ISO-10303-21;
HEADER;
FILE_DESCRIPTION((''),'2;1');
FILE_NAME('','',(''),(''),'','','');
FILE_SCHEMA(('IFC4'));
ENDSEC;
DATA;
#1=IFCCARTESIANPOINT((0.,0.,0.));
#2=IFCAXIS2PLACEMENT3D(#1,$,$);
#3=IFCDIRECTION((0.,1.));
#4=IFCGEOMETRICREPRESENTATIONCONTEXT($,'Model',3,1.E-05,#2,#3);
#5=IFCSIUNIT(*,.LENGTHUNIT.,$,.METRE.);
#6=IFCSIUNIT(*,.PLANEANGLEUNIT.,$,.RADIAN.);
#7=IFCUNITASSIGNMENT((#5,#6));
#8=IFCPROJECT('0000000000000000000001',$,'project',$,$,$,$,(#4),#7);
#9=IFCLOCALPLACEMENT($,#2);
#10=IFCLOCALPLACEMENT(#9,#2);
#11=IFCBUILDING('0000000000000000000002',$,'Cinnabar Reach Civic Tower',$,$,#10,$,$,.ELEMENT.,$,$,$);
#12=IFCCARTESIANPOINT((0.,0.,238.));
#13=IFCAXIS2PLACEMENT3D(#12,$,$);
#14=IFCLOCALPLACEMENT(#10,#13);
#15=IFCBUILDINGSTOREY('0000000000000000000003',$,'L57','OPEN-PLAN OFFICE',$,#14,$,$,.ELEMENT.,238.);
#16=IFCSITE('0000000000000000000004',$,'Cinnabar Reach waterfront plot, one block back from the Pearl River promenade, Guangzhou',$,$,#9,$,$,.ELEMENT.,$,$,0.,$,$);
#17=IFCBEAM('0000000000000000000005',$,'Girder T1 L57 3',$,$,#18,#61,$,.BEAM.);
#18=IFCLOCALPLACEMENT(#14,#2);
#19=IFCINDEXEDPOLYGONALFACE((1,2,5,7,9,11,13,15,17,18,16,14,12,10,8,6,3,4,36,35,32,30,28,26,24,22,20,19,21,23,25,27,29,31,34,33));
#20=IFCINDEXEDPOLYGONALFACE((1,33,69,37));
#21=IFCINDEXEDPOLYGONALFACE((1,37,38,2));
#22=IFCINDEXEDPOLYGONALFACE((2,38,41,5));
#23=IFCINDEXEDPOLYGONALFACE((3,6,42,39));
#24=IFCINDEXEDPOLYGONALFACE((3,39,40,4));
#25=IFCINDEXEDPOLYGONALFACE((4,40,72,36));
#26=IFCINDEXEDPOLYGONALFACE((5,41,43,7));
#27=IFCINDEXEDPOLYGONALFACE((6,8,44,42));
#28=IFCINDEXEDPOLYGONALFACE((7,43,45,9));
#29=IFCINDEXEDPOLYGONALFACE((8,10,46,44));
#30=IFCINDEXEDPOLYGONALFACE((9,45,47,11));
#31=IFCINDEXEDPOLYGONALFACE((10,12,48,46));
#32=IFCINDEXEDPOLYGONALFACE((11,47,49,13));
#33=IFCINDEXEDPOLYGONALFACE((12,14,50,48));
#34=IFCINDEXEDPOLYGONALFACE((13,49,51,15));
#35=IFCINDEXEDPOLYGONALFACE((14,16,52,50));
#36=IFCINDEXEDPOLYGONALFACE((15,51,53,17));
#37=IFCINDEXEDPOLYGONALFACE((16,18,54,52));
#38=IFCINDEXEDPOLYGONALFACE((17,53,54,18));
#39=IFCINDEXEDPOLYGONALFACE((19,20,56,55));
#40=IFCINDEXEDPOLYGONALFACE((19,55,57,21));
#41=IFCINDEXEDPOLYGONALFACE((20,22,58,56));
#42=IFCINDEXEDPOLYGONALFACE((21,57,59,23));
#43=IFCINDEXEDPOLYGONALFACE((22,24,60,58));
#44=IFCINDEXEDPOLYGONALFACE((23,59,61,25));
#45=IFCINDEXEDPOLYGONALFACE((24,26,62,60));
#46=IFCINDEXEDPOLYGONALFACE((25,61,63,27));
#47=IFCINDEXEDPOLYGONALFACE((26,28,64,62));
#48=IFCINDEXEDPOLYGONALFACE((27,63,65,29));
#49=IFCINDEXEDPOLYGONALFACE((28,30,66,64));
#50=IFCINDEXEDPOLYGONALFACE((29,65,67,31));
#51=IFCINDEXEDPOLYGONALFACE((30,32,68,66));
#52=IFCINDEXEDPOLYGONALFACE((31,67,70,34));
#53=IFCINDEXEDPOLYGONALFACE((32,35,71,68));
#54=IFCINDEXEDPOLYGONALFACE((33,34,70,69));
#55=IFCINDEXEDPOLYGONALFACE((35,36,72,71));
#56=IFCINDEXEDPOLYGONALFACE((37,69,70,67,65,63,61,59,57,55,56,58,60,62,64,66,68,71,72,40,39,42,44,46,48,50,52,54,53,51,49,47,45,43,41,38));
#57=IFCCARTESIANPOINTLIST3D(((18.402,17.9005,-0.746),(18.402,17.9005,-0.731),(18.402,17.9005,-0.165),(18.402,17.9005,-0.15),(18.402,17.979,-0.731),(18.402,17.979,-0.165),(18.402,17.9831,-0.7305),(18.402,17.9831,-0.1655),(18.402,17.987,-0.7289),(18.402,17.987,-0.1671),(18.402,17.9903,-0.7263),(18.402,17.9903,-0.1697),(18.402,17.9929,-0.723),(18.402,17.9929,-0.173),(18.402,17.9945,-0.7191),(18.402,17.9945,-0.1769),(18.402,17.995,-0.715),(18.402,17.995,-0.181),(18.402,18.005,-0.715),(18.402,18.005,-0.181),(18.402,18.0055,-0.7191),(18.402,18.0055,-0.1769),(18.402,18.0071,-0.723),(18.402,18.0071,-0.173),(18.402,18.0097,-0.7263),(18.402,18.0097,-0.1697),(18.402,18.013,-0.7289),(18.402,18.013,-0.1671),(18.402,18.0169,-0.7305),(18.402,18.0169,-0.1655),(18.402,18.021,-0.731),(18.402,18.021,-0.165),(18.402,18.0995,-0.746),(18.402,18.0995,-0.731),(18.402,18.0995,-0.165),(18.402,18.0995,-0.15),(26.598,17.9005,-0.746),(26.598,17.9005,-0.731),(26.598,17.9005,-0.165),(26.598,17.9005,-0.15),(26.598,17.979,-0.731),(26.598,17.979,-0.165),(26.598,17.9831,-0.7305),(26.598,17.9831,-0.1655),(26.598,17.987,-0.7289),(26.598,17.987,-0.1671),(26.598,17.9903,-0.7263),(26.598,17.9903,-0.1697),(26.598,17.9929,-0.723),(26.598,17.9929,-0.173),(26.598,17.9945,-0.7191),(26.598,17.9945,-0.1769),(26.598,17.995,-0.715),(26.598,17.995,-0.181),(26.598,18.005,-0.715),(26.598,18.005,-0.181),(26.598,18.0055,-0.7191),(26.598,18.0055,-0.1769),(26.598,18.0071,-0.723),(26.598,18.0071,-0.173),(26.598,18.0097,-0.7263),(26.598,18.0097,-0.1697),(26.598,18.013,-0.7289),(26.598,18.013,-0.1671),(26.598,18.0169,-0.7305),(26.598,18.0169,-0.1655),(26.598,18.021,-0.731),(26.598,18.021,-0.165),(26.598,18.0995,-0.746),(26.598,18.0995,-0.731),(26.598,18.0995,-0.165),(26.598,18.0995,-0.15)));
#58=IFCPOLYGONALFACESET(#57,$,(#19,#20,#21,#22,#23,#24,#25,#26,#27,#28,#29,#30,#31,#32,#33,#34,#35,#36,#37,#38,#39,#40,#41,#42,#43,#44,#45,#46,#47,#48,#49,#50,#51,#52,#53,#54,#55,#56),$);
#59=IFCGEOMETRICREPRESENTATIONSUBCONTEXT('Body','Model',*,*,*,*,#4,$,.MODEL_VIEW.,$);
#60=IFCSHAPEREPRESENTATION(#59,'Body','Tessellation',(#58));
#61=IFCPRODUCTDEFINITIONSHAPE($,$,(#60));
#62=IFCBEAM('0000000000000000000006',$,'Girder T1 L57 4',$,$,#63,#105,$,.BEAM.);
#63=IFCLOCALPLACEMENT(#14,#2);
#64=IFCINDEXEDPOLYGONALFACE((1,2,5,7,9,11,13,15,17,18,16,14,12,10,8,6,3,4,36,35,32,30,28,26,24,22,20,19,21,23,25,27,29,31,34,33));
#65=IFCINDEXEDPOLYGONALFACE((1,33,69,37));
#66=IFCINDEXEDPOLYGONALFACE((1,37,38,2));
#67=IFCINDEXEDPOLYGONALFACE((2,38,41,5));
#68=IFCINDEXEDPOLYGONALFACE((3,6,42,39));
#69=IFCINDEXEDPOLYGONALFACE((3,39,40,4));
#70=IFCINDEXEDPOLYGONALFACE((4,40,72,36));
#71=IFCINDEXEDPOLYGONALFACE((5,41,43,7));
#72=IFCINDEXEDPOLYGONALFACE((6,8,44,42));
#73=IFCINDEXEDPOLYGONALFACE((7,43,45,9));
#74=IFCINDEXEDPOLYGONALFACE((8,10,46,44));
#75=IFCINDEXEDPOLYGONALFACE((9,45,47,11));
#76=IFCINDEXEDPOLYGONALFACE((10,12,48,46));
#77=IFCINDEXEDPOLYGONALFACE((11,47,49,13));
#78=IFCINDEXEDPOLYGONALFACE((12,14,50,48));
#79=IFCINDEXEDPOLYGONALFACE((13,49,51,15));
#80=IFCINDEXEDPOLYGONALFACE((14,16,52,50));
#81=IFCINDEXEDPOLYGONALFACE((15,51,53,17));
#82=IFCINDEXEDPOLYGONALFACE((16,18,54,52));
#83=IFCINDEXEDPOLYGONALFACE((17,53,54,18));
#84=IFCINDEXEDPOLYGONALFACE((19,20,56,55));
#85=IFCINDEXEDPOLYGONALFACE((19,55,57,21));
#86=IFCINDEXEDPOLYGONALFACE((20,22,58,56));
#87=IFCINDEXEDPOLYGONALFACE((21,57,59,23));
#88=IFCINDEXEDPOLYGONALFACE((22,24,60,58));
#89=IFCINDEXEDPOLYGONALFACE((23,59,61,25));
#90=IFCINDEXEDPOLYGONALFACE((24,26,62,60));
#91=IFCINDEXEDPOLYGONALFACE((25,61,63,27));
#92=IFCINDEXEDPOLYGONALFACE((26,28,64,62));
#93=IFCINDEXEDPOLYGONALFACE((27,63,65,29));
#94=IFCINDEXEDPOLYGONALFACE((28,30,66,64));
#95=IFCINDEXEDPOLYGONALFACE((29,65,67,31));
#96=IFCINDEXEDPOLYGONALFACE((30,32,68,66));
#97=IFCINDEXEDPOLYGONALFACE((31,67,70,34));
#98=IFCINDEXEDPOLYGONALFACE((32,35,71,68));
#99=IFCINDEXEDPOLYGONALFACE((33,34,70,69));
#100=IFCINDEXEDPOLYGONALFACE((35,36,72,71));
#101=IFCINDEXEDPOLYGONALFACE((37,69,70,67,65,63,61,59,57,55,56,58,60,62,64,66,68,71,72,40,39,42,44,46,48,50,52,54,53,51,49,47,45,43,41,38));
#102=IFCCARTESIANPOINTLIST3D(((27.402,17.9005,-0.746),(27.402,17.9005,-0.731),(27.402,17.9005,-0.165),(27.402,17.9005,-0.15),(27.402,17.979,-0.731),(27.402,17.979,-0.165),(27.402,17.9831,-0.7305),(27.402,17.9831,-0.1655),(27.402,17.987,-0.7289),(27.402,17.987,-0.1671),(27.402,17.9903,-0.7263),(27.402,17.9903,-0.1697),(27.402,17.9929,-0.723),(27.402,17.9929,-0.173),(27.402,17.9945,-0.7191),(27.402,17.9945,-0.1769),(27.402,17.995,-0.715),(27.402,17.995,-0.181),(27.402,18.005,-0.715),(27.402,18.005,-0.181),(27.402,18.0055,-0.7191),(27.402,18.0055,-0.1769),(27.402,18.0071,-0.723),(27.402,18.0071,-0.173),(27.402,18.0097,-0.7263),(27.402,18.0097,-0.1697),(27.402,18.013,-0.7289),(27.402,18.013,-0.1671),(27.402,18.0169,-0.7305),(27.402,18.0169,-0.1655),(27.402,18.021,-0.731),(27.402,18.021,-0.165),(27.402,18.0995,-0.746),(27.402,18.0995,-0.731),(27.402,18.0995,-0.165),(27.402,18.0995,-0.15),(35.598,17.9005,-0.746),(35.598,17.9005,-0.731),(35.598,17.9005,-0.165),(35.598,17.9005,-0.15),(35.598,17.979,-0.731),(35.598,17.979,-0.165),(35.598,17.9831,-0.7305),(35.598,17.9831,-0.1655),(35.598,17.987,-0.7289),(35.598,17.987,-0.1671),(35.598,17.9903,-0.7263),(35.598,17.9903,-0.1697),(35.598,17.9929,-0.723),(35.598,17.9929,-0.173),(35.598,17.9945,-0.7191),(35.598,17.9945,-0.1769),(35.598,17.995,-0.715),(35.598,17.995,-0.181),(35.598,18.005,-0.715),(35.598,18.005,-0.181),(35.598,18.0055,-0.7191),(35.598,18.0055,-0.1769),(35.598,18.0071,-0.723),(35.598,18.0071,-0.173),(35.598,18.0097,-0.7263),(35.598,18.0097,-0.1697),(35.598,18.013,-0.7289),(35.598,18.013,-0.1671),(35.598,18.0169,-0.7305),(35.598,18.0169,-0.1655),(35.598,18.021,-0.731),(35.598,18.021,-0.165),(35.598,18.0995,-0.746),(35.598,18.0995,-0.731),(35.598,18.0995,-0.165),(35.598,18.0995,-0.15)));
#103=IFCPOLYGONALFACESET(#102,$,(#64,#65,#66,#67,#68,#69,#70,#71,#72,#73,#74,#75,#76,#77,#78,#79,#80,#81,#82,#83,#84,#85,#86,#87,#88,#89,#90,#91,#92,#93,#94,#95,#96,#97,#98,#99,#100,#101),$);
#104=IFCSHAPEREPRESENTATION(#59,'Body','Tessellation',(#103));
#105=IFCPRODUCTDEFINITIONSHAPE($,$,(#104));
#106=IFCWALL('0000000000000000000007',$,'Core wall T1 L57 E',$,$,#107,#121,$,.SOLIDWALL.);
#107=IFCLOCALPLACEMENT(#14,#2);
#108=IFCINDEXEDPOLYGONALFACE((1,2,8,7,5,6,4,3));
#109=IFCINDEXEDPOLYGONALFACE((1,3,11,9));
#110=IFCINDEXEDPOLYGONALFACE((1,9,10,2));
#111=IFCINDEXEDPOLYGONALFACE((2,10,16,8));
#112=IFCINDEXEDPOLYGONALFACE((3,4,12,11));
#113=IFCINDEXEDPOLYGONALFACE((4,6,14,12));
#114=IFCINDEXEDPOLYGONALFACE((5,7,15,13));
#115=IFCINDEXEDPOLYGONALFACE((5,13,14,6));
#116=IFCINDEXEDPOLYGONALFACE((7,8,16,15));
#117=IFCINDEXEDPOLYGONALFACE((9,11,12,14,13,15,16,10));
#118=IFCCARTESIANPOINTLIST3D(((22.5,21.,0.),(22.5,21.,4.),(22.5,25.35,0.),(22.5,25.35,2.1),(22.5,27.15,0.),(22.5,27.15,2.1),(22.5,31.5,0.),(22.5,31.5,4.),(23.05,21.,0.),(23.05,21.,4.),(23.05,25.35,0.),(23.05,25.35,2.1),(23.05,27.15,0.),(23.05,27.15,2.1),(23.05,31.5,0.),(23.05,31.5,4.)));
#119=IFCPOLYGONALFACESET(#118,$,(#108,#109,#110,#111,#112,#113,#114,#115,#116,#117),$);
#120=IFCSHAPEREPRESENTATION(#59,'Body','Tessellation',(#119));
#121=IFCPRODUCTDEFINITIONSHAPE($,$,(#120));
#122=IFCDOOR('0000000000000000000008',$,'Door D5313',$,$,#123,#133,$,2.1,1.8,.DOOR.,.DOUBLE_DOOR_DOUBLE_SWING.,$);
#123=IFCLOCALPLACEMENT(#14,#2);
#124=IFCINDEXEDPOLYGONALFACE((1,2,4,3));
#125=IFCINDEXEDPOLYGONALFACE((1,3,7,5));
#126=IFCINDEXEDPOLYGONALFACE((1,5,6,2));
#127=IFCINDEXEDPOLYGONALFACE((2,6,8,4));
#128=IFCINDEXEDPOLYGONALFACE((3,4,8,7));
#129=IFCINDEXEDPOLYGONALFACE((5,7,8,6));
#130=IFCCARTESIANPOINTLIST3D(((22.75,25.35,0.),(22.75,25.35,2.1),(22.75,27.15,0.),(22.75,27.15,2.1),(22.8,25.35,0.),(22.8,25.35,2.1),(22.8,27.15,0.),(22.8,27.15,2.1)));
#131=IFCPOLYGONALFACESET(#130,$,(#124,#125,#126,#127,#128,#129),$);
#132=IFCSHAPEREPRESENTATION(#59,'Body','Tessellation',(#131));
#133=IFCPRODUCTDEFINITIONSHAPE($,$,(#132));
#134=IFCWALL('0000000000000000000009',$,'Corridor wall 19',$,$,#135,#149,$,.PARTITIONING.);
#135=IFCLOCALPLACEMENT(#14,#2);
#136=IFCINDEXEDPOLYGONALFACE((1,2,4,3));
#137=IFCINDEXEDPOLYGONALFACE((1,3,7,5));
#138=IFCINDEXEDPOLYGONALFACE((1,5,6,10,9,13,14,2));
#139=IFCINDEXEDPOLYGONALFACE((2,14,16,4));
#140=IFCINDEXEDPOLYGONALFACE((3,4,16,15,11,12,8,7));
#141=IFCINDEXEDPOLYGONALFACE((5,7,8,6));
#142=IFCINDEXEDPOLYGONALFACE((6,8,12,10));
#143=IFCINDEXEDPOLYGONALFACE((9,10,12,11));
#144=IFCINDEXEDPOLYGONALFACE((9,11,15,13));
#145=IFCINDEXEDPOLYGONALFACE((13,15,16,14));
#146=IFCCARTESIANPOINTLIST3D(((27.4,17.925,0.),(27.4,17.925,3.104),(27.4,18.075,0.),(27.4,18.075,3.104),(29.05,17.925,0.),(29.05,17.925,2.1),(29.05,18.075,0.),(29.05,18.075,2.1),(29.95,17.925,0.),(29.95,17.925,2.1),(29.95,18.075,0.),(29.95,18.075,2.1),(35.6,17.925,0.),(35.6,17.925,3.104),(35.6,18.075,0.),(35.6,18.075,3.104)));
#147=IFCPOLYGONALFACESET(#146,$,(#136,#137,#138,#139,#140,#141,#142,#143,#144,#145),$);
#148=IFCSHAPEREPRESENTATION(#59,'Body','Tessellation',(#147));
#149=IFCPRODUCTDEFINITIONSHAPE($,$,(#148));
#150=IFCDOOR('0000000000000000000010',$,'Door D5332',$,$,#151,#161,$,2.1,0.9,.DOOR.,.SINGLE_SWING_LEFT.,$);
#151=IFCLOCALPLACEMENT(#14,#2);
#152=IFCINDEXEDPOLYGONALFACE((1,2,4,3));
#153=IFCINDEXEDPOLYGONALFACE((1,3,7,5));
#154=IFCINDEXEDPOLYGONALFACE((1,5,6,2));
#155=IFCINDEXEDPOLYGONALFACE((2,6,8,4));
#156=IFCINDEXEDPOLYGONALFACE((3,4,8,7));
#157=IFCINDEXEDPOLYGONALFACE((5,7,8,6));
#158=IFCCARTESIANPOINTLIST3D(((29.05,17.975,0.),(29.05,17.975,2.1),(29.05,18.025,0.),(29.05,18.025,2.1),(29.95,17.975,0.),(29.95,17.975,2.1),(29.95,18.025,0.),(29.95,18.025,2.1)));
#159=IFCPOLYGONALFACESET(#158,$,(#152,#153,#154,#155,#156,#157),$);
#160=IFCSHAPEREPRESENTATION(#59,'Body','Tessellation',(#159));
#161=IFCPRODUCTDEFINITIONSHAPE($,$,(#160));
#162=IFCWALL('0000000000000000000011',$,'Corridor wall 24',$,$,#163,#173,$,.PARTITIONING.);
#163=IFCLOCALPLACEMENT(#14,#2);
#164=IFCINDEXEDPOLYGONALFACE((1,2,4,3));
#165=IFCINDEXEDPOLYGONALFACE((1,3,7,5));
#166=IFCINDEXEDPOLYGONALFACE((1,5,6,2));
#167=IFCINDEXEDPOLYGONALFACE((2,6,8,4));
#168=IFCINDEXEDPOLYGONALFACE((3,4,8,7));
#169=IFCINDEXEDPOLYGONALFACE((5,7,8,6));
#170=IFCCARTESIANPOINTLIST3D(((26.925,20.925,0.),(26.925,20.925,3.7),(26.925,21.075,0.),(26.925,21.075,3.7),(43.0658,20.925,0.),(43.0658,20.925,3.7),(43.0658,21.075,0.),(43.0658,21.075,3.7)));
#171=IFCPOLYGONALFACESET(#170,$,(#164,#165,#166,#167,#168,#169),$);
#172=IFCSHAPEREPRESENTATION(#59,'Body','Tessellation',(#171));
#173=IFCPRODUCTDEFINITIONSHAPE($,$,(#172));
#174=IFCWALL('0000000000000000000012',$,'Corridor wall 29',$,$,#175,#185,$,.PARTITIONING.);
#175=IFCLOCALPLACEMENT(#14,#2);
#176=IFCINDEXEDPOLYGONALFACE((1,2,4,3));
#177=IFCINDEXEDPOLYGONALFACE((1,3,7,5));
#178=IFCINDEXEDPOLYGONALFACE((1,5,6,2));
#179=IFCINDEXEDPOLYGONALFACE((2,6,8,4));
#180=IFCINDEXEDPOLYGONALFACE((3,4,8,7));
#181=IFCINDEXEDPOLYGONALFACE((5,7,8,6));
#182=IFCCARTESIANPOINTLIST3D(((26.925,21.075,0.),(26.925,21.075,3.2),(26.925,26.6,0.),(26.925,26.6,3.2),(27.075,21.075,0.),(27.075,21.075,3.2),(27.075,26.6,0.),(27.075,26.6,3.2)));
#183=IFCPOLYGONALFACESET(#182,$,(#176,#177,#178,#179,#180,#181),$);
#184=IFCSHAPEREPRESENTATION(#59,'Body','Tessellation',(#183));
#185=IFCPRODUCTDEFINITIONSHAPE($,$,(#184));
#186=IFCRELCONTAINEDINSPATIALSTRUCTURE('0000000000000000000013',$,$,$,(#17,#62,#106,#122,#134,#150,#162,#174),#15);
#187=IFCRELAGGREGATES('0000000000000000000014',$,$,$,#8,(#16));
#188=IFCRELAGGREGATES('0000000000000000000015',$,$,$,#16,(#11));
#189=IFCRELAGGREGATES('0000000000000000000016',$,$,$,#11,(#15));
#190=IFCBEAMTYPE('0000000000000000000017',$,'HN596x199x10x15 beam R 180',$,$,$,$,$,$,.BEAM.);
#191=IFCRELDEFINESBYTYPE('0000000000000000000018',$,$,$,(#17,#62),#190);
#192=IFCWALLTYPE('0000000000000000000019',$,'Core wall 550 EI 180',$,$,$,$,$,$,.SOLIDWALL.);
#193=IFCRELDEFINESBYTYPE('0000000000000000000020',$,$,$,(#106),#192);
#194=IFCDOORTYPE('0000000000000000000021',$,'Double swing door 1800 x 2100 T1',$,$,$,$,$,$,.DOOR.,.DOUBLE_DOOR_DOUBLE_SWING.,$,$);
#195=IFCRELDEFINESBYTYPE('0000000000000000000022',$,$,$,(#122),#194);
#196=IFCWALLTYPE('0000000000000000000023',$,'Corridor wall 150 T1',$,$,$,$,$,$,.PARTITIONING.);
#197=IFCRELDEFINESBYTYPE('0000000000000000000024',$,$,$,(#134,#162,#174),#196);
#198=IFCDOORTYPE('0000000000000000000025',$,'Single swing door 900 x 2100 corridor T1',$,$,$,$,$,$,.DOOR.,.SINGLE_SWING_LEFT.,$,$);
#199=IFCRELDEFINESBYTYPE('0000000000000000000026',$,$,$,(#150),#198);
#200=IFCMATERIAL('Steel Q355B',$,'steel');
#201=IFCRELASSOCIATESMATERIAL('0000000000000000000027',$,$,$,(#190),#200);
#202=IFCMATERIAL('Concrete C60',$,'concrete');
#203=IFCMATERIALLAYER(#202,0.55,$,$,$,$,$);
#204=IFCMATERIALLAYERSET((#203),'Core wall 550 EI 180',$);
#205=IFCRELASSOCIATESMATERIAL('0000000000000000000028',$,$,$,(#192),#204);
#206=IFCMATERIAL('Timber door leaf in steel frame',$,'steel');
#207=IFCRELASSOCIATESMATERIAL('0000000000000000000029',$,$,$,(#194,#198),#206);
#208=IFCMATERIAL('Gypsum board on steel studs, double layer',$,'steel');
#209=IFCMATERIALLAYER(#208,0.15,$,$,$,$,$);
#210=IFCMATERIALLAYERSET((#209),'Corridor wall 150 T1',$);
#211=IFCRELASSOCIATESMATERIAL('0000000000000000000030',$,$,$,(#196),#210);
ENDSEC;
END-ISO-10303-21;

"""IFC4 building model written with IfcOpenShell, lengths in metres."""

from ifc_helpers import new_model, si_unit, direction, frame, frame_2d, origin, origin_2d, place, context, subcontext, project, spatial, rectangle, i_section, extrude, material, layer, layer_set, material_profile, profile_set, type_object, element, fill, save


model = new_model("IFC4")

# Units and contexts
model_context = context("Model", 3, precision=1e-05, world=origin(), true_north=direction((0.0, 1.0)))
body_context = subcontext(model_context, "Body", "Model", "MODEL_VIEW")
ifc_project = project(units=[si_unit("LENGTHUNIT", "METRE"), si_unit("PLANEANGLEUNIT", "RADIAN")], contexts=[model_context])

# Site, building, storey
site_placement = place(None, origin())
site = spatial("IfcSite", under=ifc_project, at=site_placement, Name="Cinnabar Reach waterfront plot, one block back from the Pearl River promenade, Guangzhou", CompositionType="ELEMENT", RefElevation=0.0)
building_placement = place(site_placement, origin())
building = spatial("IfcBuilding", under=site, at=building_placement, Name="Cinnabar Reach Civic Tower", CompositionType="ELEMENT")
storey_placement = place(building_placement, frame((0.0, 0.0, 238.0)))
storey = spatial("IfcBuildingStorey", under=building, at=storey_placement, Name="L57", Description="OPEN-PLAN OFFICE", CompositionType="ELEMENT", Elevation=238.0)

# Shared definitions
ifc_material_1 = material(Name="Concrete C60", Category="concrete")

# Beams
ifc_material_2 = material(Name="Steel Q355B", Category="steel")
ifc_material_profile_1 = material_profile(ifc_material_2, i_section(OverallWidth=0.199, OverallDepth=0.596, WebThickness=0.01, FlangeThickness=0.015, FilletRadius=0.016, at=origin_2d()), Name="HN596x199x10x15")
ifc_profile_set_1 = profile_set([ifc_material_profile_1], Name="Steel Q355B")
beam_type_1 = type_object("IfcBeamType", Name="HN596x199x10x15 beam R 180", PredefinedType="BEAM", material=ifc_profile_set_1)
for number, where, z_axis, x_axis, name in (
    (1, (18.402, 18.0, -0.448), (1.0, 0.0, 0.0), (0.0, 1.0, 0.0), "Girder T1 L57 3"),
    (2, (27.402, 18.0, -0.448), (1.0, 0.0, 0.0), (0.0, 1.0, 0.0), "Girder T1 L57 4"),
):
    element("IfcBeam", number, at=place(storey_placement, frame(where, z_axis=z_axis, x_axis=x_axis)), inside=storey, type_object=beam_type_1, Name=name, PredefinedType="BEAM", context=body_context, shape_type="SweptSolid", body=[
        extrude(i_section(OverallWidth=0.199, OverallDepth=0.596, WebThickness=0.01, FlangeThickness=0.015, FilletRadius=0.016, at=origin_2d()), origin(), (0.0, 0.0, 1.0), 8.196),
    ])

# Walls, openings, doors
ifc_layer_1 = layer(ifc_material_1, 0.55)
ifc_layer_set_1 = layer_set([ifc_layer_1], Name="Core wall 550 EI 180")
wall_type_1 = type_object("IfcWallType", Name="Core wall 550 EI 180", PredefinedType="SOLIDWALL", material=ifc_layer_set_1)
wall_1_placement = place(storey_placement, frame((22.775, 21.0, 0.0), z_axis=(0.0, 0.0, 1.0), x_axis=(0.0, 1.0, 0.0)))
wall_1 = element("IfcWall", 3, at=wall_1_placement, inside=storey, type_object=wall_type_1, Name="Core wall T1 L57 E", PredefinedType="SOLIDWALL", context=body_context, shape_type="SweptSolid", body=[
    extrude(rectangle(XDim=10.5, YDim=0.55, at=frame_2d((5.25, 0.0))), origin(), (0.0, 0.0, 1.0), 4.0),
])
opening_1_placement = place(wall_1_placement, frame((4.35, 0.0, 0.0)))
opening_1 = element("IfcOpeningElement", 4, at=opening_1_placement, cuts=wall_1, PredefinedType="OPENING", context=body_context, shape_type="SweptSolid", body=[
    extrude(rectangle(XDim=1.8, YDim=2.1, at=frame_2d((0.9, 1.05))), frame((0.0, 0.285, 0.0), z_axis=(0.0, -1.0, 0.0), x_axis=(1.0, 0.0, 0.0)), (0.0, 0.0, 1.0), 0.57),
])
ifc_material_3 = material(Name="Timber door leaf in steel frame", Category="steel")
door_type_1 = type_object("IfcDoorType", Name="Double swing door 1800 x 2100 T1", OperationType="DOUBLE_DOOR_DOUBLE_SWING", PredefinedType="DOOR", material=ifc_material_3)
door_1_placement = place(opening_1_placement, origin())
door_1 = element("IfcDoor", 5, at=door_1_placement, inside=storey, type_object=door_type_1, Name="Door D5313", OperationType="DOUBLE_DOOR_DOUBLE_SWING", OverallHeight=2.1, OverallWidth=1.8, PredefinedType="DOOR", context=body_context, shape_type="SweptSolid", body=[
    extrude(rectangle(XDim=1.8, YDim=2.1, at=frame_2d((0.9, 1.05))), frame((0.0, 0.025, 0.0), z_axis=(0.0, -1.0, 0.0), x_axis=(1.0, 0.0, 0.0)), (0.0, 0.0, 1.0), 0.05),
])
fill(opening_1, door_1)
ifc_material_4 = material(Name="Gypsum board on steel studs, double layer", Category="steel")
ifc_layer_2 = layer(ifc_material_4, 0.15)
ifc_layer_set_2 = layer_set([ifc_layer_2], Name="Corridor wall 150 T1")
wall_type_2 = type_object("IfcWallType", Name="Corridor wall 150 T1", PredefinedType="PARTITIONING", material=ifc_layer_set_2)
wall_2_placement = place(storey_placement, frame((27.4, 18.0, 0.0), z_axis=(0.0, 0.0, 1.0), x_axis=(1.0, 0.0, 0.0)))
wall_2 = element("IfcWall", 6, at=wall_2_placement, inside=storey, type_object=wall_type_2, Name="Corridor wall 19", PredefinedType="PARTITIONING", context=body_context, shape_type="SweptSolid", body=[
    extrude(rectangle(XDim=8.2, YDim=0.15, at=frame_2d((4.1, 0.0))), origin(), (0.0, 0.0, 1.0), 3.104),
])
opening_2_placement = place(wall_2_placement, frame((1.65, 0.0, 0.0)))
opening_2 = element("IfcOpeningElement", 7, at=opening_2_placement, cuts=wall_2, PredefinedType="OPENING", context=body_context, shape_type="SweptSolid", body=[
    extrude(rectangle(XDim=0.9, YDim=2.1, at=frame_2d((0.45, 1.05))), frame((0.0, 0.085, 0.0), z_axis=(0.0, -1.0, 0.0), x_axis=(1.0, 0.0, 0.0)), (0.0, 0.0, 1.0), 0.17),
])
door_type_2 = type_object("IfcDoorType", Name="Single swing door 900 x 2100 corridor T1", OperationType="SINGLE_SWING_LEFT", PredefinedType="DOOR", material=ifc_material_3)
door_2_placement = place(opening_2_placement, frame((0.9, 0.0, 0.0), z_axis=(0.0, 0.0, 1.0), x_axis=(-1.0, 0.0, 0.0)))
door_2 = element("IfcDoor", 8, at=door_2_placement, inside=storey, type_object=door_type_2, Name="Door D5332", OperationType="SINGLE_SWING_LEFT", OverallHeight=2.1, OverallWidth=0.9, PredefinedType="DOOR", context=body_context, shape_type="SweptSolid", body=[
    extrude(rectangle(XDim=0.9, YDim=2.1, at=frame_2d((0.45, 1.05))), frame((0.0, 0.025, 0.0), z_axis=(0.0, -1.0, 0.0), x_axis=(1.0, 0.0, 0.0)), (0.0, 0.0, 1.0), 0.05),
])
fill(opening_2, door_2)

# Walls
wall_3_placement = place(storey_placement, frame((26.925, 21.0, 0.0), z_axis=(0.0, 0.0, 1.0), x_axis=(1.0, 0.0, 0.0)))
element("IfcWall", 9, at=wall_3_placement, inside=storey, type_object=wall_type_2, Name="Corridor wall 24", PredefinedType="PARTITIONING", context=body_context, shape_type="SweptSolid", body=[
    extrude(rectangle(XDim=16.1409, YDim=0.15, at=frame_2d((8.0704, 0.0))), origin(), (0.0, 0.0, 1.0), 3.7),
])
wall_4_placement = place(storey_placement, frame((27.0, 21.075, 0.0), z_axis=(0.0, 0.0, 1.0), x_axis=(0.0, 1.0, 0.0)))
element("IfcWall", 10, at=wall_4_placement, inside=storey, type_object=wall_type_2, Name="Corridor wall 29", PredefinedType="PARTITIONING", context=body_context, shape_type="SweptSolid", body=[
    extrude(rectangle(XDim=5.525, YDim=0.15, at=frame_2d((2.7625, 0.0))), origin(), (0.0, 0.0, 1.0), 3.2),
])

save(model, "model.ifc")
